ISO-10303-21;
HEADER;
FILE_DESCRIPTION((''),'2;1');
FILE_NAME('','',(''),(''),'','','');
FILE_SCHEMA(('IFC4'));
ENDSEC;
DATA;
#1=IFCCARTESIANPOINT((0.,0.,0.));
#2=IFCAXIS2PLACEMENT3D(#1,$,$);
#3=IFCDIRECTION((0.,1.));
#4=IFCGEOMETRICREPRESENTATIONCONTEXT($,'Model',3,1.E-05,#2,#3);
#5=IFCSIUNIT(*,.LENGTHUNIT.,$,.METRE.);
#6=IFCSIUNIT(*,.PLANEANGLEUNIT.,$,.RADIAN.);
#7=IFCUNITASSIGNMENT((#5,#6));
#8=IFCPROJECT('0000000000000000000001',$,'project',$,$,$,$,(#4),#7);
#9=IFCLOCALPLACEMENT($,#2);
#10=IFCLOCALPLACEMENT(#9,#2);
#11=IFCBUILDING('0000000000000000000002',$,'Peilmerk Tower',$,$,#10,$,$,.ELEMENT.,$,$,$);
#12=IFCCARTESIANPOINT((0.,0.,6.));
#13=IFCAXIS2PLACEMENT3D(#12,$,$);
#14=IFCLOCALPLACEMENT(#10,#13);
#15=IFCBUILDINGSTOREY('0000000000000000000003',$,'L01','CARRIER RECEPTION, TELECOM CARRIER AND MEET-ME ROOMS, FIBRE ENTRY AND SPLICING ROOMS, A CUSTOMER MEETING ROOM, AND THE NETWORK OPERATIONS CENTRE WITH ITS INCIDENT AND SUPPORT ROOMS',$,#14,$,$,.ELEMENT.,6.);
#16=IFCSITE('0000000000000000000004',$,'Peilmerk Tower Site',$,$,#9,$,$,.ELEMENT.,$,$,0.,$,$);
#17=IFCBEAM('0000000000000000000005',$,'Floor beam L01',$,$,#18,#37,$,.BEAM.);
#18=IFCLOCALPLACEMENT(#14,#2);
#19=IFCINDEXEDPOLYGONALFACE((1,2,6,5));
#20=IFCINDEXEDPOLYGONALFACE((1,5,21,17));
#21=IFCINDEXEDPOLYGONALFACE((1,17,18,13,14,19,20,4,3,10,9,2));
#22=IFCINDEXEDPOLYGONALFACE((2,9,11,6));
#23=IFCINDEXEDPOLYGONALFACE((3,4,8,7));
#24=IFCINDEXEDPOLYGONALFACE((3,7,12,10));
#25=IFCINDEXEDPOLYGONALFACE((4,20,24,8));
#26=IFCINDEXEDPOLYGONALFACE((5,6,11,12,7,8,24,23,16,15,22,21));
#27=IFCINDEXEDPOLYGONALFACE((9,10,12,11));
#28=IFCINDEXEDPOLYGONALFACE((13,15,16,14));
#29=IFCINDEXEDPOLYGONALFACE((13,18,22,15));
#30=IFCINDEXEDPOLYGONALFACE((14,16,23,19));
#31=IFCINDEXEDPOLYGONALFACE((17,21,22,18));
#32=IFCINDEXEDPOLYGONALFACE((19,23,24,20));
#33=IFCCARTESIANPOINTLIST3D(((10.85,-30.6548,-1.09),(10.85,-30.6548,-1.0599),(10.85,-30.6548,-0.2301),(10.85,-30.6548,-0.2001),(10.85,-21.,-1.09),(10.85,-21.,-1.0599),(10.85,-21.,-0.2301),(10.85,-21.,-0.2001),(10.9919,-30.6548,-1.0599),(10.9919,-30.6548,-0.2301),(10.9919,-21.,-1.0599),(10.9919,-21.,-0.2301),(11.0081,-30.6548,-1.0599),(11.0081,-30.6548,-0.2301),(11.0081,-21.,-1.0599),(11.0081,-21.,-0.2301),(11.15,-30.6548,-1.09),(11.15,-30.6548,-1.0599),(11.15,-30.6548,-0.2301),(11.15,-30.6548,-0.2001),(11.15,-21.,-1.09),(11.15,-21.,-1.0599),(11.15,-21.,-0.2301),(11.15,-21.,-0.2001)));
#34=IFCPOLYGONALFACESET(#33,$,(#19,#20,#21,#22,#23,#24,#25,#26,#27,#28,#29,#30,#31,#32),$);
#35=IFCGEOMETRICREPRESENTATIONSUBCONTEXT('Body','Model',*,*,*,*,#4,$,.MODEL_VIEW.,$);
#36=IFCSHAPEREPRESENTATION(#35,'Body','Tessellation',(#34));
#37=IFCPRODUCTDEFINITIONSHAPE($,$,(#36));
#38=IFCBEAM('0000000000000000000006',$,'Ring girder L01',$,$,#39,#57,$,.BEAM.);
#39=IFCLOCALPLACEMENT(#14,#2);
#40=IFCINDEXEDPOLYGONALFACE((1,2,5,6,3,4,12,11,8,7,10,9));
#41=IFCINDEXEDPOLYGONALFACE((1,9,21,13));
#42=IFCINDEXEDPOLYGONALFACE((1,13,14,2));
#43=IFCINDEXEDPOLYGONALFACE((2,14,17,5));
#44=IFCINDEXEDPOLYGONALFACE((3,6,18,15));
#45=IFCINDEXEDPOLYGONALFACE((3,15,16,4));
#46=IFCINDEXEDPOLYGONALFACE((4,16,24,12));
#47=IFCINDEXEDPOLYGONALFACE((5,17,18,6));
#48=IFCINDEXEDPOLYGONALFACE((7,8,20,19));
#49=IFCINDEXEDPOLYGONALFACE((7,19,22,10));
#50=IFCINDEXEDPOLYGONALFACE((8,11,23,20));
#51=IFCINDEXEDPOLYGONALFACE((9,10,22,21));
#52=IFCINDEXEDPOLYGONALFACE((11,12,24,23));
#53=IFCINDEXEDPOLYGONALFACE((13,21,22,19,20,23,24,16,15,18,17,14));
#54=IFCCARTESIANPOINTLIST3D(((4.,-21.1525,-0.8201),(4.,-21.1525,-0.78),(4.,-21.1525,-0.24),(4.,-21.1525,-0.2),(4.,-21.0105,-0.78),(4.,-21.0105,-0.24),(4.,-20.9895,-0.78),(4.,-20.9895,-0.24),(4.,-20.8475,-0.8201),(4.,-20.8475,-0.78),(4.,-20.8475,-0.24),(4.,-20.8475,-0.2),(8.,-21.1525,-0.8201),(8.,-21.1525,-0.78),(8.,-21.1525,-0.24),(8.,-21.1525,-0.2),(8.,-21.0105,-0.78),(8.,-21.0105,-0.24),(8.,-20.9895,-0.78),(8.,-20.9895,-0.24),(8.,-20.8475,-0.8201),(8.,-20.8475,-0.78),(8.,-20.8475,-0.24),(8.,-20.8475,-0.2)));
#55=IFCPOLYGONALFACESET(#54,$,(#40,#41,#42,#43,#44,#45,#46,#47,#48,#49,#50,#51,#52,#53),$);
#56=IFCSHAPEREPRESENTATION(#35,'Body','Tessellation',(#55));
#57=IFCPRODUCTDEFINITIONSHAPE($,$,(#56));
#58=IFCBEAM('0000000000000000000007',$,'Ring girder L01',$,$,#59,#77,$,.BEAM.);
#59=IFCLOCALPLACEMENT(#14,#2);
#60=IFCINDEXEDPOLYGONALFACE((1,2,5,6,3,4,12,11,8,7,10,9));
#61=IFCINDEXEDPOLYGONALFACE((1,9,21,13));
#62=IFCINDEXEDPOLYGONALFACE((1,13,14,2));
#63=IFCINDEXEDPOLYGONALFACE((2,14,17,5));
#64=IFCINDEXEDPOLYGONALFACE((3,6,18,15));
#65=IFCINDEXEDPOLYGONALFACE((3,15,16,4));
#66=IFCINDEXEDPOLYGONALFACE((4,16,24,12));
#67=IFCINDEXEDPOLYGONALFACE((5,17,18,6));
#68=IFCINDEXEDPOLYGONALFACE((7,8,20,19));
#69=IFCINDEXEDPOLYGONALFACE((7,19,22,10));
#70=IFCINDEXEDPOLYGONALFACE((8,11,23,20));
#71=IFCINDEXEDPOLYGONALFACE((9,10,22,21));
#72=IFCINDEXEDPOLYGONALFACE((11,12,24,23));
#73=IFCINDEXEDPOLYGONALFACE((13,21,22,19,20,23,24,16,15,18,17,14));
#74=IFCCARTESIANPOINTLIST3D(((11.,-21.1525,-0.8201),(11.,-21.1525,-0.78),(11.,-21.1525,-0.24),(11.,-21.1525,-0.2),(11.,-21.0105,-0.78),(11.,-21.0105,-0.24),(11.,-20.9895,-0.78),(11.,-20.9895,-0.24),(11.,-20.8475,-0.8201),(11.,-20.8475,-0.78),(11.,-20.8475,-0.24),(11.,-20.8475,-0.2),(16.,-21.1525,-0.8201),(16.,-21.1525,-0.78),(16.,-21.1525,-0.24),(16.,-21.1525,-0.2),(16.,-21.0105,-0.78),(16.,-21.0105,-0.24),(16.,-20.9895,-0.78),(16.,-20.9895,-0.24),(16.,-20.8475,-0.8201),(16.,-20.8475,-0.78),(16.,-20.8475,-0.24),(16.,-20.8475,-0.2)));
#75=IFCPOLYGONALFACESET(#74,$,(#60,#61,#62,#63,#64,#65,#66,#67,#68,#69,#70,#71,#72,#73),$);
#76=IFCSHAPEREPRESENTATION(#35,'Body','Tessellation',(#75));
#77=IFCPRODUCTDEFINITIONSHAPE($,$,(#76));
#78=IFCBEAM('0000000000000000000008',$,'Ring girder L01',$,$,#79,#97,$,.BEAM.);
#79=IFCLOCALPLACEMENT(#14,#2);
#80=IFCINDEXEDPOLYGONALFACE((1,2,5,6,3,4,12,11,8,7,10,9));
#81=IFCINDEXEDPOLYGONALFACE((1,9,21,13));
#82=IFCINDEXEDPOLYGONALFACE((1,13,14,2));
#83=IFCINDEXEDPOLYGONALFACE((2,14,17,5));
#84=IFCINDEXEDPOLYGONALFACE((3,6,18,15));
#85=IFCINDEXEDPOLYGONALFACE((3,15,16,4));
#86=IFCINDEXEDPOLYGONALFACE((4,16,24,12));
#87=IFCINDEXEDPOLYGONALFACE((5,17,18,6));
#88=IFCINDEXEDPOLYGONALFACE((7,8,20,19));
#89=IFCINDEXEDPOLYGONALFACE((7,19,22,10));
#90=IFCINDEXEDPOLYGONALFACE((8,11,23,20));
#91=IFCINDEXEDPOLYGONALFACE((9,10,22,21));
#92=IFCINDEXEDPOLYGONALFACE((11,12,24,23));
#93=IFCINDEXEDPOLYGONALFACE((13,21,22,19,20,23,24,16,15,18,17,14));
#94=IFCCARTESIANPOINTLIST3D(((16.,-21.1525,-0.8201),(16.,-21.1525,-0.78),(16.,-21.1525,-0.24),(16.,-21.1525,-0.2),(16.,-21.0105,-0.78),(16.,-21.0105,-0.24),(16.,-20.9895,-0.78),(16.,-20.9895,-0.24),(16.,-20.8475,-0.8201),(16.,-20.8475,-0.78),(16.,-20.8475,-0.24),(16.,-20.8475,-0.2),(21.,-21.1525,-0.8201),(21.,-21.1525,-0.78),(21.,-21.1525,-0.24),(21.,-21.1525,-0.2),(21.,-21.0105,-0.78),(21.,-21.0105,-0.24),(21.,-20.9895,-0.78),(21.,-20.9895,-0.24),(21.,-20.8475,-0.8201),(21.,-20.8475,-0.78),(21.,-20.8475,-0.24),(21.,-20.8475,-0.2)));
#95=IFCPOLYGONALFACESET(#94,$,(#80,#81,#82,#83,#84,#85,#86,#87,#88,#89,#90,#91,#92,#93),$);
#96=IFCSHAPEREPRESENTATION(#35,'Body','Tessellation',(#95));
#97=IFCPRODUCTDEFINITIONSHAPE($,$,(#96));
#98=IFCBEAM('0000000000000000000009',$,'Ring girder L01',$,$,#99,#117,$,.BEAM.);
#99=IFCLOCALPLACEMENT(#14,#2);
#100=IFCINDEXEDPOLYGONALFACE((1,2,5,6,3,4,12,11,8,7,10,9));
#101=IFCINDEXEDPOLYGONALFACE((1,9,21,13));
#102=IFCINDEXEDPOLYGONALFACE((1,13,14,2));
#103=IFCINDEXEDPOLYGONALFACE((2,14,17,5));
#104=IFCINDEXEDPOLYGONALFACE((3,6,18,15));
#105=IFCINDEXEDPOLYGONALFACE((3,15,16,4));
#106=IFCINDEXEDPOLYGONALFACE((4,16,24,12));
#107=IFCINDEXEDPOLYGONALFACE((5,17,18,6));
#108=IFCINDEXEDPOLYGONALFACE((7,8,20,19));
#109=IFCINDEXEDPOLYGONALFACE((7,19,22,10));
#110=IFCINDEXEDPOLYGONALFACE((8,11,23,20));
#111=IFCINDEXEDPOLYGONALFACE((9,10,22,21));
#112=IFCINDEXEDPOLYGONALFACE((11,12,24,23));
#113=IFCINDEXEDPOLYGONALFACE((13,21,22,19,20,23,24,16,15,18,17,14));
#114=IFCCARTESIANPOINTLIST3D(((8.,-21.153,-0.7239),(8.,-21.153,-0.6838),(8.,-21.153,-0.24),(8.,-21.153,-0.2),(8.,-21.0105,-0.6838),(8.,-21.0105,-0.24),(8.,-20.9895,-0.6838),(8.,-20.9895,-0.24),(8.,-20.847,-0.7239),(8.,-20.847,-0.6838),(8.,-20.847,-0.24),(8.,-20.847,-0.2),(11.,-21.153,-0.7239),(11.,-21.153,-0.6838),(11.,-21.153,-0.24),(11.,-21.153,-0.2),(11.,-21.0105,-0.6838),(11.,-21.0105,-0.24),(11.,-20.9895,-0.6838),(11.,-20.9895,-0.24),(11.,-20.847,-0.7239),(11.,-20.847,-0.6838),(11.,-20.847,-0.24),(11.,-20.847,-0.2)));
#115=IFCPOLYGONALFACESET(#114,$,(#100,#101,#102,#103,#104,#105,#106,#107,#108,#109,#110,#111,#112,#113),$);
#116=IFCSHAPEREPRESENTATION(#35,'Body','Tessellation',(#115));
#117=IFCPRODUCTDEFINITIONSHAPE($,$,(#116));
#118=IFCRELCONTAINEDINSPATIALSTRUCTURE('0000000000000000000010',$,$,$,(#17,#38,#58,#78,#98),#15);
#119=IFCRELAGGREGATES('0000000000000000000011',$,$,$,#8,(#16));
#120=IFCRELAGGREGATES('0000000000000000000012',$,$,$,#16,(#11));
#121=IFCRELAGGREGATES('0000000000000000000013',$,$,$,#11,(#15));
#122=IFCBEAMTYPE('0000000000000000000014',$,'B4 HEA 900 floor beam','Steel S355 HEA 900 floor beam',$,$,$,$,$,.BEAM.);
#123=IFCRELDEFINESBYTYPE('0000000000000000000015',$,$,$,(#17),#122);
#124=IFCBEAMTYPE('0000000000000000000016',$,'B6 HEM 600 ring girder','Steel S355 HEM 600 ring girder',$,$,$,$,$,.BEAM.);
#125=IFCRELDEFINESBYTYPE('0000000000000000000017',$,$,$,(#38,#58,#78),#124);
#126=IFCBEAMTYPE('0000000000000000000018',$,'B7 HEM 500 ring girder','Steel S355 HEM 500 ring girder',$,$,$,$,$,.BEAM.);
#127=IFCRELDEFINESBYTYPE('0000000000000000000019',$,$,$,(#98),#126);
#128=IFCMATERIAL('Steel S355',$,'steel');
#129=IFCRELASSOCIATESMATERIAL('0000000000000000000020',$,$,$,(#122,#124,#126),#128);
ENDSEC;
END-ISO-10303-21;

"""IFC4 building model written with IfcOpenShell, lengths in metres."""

from ifc_helpers import new_model, si_unit, direction, frame, origin, origin_2d, place, context, subcontext, project, spatial, i_section, extrude, material, material_profile, profile_set, type_object, element, save


model = new_model("IFC4")

# Units and contexts
model_context = context("Model", 3, precision=1e-05, world=origin(), true_north=direction((0.0, 1.0)))
body_context = subcontext(model_context, "Body", "Model", "MODEL_VIEW")
ifc_project = project(units=[si_unit("LENGTHUNIT", "METRE"), si_unit("PLANEANGLEUNIT", "RADIAN")], contexts=[model_context])

# Site, building, storey
site_placement = place(None, origin())
site = spatial("IfcSite", under=ifc_project, at=site_placement, Name="Peilmerk Tower Site", CompositionType="ELEMENT", RefElevation=0.0)
building_placement = place(site_placement, origin())
building = spatial("IfcBuilding", under=site, at=building_placement, Name="Peilmerk Tower", CompositionType="ELEMENT")
storey_placement = place(building_placement, frame((0.0, 0.0, 6.0)))
storey = spatial("IfcBuildingStorey", under=building, at=storey_placement, Name="L01", Description="CARRIER RECEPTION, TELECOM CARRIER AND MEET-ME ROOMS, FIBRE ENTRY AND SPLICING ROOMS, A CUSTOMER MEETING ROOM, AND THE NETWORK OPERATIONS CENTRE WITH ITS INCIDENT AND SUPPORT ROOMS", CompositionType="ELEMENT", Elevation=6.0)

# Beams
ifc_material_1 = material(Name="Steel S355", Category="steel")
ifc_material_profile_1 = material_profile(ifc_material_1, i_section(OverallWidth=0.3, OverallDepth=0.8899, WebThickness=0.0161, FlangeThickness=0.03, at=origin_2d()), Name="HEA 900")
ifc_profile_set_1 = profile_set([ifc_material_profile_1], Name="Steel S355")
beam_type_1 = type_object("IfcBeamType", Name="B4 HEA 900 floor beam", Description="Steel S355 HEA 900 floor beam", PredefinedType="BEAM", material=ifc_profile_set_1)
beam_1_placement = place(storey_placement, frame((11.0, -21.0, -0.645), z_axis=(0.0, -1.0, 0.0), x_axis=(1.0, 0.0, 0.0)))
element("IfcBeam", 1, at=beam_1_placement, inside=storey, type_object=beam_type_1, Name="Floor beam L01", PredefinedType="BEAM", context=body_context, shape_type="SweptSolid", body=[
    extrude(i_section(OverallWidth=0.3, OverallDepth=0.8899, WebThickness=0.0161, FlangeThickness=0.03, at=origin_2d()), origin(), (0.0, 0.0, 1.0), 9.6548),
])
ifc_material_profile_2 = material_profile(ifc_material_1, i_section(OverallWidth=0.3049, OverallDepth=0.6201, WebThickness=0.021, FlangeThickness=0.04, at=origin_2d()), Name="HEM 600")
ifc_profile_set_2 = profile_set([ifc_material_profile_2], Name="Steel S355")
beam_type_2 = type_object("IfcBeamType", Name="B6 HEM 600 ring girder", Description="Steel S355 HEM 600 ring girder", PredefinedType="BEAM", material=ifc_profile_set_2)
beam_2_placement = place(storey_placement, frame((4.0, -21.0, -0.51), z_axis=(1.0, 0.0, 0.0), x_axis=(0.0, 1.0, 0.0)))
element("IfcBeam", 2, at=beam_2_placement, inside=storey, type_object=beam_type_2, Name="Ring girder L01", PredefinedType="BEAM", context=body_context, shape_type="SweptSolid", body=[
    extrude(i_section(OverallWidth=0.3049, OverallDepth=0.6201, WebThickness=0.021, FlangeThickness=0.04, at=origin_2d()), origin(), (0.0, 0.0, 1.0), 4.0),
])
for number, where, z_axis, x_axis, name in (
    (3, (11.0, -21.0, -0.51), (1.0, 0.0, 0.0), (0.0, 1.0, 0.0), "Ring girder L01"),
    (4, (16.0, -21.0, -0.51), (1.0, 0.0, 0.0), (0.0, 1.0, 0.0), "Ring girder L01"),
):
    element("IfcBeam", number, at=place(storey_placement, frame(where, z_axis=z_axis, x_axis=x_axis)), inside=storey, type_object=beam_type_2, Name=name, PredefinedType="BEAM", context=body_context, shape_type="SweptSolid", body=[
        extrude(i_section(OverallWidth=0.3049, OverallDepth=0.6201, WebThickness=0.021, FlangeThickness=0.04, at=origin_2d()), origin(), (0.0, 0.0, 1.0), 5.0),
    ])
ifc_material_profile_3 = material_profile(ifc_material_1, i_section(OverallWidth=0.3059, OverallDepth=0.5239, WebThickness=0.021, FlangeThickness=0.04, at=origin_2d()), Name="HEM 500")
ifc_profile_set_3 = profile_set([ifc_material_profile_3], Name="Steel S355")
beam_type_3 = type_object("IfcBeamType", Name="B7 HEM 500 ring girder", Description="Steel S355 HEM 500 ring girder", PredefinedType="BEAM", material=ifc_profile_set_3)
beam_3_placement = place(storey_placement, frame((8.0, -21.0, -0.4619), z_axis=(1.0, 0.0, 0.0), x_axis=(0.0, 1.0, 0.0)))
element("IfcBeam", 5, at=beam_3_placement, inside=storey, type_object=beam_type_3, Name="Ring girder L01", PredefinedType="BEAM", context=body_context, shape_type="SweptSolid", body=[
    extrude(i_section(OverallWidth=0.3059, OverallDepth=0.5239, WebThickness=0.021, FlangeThickness=0.04, at=origin_2d()), origin(), (0.0, 0.0, 1.0), 3.0),
])

save(model, "model.ifc")
